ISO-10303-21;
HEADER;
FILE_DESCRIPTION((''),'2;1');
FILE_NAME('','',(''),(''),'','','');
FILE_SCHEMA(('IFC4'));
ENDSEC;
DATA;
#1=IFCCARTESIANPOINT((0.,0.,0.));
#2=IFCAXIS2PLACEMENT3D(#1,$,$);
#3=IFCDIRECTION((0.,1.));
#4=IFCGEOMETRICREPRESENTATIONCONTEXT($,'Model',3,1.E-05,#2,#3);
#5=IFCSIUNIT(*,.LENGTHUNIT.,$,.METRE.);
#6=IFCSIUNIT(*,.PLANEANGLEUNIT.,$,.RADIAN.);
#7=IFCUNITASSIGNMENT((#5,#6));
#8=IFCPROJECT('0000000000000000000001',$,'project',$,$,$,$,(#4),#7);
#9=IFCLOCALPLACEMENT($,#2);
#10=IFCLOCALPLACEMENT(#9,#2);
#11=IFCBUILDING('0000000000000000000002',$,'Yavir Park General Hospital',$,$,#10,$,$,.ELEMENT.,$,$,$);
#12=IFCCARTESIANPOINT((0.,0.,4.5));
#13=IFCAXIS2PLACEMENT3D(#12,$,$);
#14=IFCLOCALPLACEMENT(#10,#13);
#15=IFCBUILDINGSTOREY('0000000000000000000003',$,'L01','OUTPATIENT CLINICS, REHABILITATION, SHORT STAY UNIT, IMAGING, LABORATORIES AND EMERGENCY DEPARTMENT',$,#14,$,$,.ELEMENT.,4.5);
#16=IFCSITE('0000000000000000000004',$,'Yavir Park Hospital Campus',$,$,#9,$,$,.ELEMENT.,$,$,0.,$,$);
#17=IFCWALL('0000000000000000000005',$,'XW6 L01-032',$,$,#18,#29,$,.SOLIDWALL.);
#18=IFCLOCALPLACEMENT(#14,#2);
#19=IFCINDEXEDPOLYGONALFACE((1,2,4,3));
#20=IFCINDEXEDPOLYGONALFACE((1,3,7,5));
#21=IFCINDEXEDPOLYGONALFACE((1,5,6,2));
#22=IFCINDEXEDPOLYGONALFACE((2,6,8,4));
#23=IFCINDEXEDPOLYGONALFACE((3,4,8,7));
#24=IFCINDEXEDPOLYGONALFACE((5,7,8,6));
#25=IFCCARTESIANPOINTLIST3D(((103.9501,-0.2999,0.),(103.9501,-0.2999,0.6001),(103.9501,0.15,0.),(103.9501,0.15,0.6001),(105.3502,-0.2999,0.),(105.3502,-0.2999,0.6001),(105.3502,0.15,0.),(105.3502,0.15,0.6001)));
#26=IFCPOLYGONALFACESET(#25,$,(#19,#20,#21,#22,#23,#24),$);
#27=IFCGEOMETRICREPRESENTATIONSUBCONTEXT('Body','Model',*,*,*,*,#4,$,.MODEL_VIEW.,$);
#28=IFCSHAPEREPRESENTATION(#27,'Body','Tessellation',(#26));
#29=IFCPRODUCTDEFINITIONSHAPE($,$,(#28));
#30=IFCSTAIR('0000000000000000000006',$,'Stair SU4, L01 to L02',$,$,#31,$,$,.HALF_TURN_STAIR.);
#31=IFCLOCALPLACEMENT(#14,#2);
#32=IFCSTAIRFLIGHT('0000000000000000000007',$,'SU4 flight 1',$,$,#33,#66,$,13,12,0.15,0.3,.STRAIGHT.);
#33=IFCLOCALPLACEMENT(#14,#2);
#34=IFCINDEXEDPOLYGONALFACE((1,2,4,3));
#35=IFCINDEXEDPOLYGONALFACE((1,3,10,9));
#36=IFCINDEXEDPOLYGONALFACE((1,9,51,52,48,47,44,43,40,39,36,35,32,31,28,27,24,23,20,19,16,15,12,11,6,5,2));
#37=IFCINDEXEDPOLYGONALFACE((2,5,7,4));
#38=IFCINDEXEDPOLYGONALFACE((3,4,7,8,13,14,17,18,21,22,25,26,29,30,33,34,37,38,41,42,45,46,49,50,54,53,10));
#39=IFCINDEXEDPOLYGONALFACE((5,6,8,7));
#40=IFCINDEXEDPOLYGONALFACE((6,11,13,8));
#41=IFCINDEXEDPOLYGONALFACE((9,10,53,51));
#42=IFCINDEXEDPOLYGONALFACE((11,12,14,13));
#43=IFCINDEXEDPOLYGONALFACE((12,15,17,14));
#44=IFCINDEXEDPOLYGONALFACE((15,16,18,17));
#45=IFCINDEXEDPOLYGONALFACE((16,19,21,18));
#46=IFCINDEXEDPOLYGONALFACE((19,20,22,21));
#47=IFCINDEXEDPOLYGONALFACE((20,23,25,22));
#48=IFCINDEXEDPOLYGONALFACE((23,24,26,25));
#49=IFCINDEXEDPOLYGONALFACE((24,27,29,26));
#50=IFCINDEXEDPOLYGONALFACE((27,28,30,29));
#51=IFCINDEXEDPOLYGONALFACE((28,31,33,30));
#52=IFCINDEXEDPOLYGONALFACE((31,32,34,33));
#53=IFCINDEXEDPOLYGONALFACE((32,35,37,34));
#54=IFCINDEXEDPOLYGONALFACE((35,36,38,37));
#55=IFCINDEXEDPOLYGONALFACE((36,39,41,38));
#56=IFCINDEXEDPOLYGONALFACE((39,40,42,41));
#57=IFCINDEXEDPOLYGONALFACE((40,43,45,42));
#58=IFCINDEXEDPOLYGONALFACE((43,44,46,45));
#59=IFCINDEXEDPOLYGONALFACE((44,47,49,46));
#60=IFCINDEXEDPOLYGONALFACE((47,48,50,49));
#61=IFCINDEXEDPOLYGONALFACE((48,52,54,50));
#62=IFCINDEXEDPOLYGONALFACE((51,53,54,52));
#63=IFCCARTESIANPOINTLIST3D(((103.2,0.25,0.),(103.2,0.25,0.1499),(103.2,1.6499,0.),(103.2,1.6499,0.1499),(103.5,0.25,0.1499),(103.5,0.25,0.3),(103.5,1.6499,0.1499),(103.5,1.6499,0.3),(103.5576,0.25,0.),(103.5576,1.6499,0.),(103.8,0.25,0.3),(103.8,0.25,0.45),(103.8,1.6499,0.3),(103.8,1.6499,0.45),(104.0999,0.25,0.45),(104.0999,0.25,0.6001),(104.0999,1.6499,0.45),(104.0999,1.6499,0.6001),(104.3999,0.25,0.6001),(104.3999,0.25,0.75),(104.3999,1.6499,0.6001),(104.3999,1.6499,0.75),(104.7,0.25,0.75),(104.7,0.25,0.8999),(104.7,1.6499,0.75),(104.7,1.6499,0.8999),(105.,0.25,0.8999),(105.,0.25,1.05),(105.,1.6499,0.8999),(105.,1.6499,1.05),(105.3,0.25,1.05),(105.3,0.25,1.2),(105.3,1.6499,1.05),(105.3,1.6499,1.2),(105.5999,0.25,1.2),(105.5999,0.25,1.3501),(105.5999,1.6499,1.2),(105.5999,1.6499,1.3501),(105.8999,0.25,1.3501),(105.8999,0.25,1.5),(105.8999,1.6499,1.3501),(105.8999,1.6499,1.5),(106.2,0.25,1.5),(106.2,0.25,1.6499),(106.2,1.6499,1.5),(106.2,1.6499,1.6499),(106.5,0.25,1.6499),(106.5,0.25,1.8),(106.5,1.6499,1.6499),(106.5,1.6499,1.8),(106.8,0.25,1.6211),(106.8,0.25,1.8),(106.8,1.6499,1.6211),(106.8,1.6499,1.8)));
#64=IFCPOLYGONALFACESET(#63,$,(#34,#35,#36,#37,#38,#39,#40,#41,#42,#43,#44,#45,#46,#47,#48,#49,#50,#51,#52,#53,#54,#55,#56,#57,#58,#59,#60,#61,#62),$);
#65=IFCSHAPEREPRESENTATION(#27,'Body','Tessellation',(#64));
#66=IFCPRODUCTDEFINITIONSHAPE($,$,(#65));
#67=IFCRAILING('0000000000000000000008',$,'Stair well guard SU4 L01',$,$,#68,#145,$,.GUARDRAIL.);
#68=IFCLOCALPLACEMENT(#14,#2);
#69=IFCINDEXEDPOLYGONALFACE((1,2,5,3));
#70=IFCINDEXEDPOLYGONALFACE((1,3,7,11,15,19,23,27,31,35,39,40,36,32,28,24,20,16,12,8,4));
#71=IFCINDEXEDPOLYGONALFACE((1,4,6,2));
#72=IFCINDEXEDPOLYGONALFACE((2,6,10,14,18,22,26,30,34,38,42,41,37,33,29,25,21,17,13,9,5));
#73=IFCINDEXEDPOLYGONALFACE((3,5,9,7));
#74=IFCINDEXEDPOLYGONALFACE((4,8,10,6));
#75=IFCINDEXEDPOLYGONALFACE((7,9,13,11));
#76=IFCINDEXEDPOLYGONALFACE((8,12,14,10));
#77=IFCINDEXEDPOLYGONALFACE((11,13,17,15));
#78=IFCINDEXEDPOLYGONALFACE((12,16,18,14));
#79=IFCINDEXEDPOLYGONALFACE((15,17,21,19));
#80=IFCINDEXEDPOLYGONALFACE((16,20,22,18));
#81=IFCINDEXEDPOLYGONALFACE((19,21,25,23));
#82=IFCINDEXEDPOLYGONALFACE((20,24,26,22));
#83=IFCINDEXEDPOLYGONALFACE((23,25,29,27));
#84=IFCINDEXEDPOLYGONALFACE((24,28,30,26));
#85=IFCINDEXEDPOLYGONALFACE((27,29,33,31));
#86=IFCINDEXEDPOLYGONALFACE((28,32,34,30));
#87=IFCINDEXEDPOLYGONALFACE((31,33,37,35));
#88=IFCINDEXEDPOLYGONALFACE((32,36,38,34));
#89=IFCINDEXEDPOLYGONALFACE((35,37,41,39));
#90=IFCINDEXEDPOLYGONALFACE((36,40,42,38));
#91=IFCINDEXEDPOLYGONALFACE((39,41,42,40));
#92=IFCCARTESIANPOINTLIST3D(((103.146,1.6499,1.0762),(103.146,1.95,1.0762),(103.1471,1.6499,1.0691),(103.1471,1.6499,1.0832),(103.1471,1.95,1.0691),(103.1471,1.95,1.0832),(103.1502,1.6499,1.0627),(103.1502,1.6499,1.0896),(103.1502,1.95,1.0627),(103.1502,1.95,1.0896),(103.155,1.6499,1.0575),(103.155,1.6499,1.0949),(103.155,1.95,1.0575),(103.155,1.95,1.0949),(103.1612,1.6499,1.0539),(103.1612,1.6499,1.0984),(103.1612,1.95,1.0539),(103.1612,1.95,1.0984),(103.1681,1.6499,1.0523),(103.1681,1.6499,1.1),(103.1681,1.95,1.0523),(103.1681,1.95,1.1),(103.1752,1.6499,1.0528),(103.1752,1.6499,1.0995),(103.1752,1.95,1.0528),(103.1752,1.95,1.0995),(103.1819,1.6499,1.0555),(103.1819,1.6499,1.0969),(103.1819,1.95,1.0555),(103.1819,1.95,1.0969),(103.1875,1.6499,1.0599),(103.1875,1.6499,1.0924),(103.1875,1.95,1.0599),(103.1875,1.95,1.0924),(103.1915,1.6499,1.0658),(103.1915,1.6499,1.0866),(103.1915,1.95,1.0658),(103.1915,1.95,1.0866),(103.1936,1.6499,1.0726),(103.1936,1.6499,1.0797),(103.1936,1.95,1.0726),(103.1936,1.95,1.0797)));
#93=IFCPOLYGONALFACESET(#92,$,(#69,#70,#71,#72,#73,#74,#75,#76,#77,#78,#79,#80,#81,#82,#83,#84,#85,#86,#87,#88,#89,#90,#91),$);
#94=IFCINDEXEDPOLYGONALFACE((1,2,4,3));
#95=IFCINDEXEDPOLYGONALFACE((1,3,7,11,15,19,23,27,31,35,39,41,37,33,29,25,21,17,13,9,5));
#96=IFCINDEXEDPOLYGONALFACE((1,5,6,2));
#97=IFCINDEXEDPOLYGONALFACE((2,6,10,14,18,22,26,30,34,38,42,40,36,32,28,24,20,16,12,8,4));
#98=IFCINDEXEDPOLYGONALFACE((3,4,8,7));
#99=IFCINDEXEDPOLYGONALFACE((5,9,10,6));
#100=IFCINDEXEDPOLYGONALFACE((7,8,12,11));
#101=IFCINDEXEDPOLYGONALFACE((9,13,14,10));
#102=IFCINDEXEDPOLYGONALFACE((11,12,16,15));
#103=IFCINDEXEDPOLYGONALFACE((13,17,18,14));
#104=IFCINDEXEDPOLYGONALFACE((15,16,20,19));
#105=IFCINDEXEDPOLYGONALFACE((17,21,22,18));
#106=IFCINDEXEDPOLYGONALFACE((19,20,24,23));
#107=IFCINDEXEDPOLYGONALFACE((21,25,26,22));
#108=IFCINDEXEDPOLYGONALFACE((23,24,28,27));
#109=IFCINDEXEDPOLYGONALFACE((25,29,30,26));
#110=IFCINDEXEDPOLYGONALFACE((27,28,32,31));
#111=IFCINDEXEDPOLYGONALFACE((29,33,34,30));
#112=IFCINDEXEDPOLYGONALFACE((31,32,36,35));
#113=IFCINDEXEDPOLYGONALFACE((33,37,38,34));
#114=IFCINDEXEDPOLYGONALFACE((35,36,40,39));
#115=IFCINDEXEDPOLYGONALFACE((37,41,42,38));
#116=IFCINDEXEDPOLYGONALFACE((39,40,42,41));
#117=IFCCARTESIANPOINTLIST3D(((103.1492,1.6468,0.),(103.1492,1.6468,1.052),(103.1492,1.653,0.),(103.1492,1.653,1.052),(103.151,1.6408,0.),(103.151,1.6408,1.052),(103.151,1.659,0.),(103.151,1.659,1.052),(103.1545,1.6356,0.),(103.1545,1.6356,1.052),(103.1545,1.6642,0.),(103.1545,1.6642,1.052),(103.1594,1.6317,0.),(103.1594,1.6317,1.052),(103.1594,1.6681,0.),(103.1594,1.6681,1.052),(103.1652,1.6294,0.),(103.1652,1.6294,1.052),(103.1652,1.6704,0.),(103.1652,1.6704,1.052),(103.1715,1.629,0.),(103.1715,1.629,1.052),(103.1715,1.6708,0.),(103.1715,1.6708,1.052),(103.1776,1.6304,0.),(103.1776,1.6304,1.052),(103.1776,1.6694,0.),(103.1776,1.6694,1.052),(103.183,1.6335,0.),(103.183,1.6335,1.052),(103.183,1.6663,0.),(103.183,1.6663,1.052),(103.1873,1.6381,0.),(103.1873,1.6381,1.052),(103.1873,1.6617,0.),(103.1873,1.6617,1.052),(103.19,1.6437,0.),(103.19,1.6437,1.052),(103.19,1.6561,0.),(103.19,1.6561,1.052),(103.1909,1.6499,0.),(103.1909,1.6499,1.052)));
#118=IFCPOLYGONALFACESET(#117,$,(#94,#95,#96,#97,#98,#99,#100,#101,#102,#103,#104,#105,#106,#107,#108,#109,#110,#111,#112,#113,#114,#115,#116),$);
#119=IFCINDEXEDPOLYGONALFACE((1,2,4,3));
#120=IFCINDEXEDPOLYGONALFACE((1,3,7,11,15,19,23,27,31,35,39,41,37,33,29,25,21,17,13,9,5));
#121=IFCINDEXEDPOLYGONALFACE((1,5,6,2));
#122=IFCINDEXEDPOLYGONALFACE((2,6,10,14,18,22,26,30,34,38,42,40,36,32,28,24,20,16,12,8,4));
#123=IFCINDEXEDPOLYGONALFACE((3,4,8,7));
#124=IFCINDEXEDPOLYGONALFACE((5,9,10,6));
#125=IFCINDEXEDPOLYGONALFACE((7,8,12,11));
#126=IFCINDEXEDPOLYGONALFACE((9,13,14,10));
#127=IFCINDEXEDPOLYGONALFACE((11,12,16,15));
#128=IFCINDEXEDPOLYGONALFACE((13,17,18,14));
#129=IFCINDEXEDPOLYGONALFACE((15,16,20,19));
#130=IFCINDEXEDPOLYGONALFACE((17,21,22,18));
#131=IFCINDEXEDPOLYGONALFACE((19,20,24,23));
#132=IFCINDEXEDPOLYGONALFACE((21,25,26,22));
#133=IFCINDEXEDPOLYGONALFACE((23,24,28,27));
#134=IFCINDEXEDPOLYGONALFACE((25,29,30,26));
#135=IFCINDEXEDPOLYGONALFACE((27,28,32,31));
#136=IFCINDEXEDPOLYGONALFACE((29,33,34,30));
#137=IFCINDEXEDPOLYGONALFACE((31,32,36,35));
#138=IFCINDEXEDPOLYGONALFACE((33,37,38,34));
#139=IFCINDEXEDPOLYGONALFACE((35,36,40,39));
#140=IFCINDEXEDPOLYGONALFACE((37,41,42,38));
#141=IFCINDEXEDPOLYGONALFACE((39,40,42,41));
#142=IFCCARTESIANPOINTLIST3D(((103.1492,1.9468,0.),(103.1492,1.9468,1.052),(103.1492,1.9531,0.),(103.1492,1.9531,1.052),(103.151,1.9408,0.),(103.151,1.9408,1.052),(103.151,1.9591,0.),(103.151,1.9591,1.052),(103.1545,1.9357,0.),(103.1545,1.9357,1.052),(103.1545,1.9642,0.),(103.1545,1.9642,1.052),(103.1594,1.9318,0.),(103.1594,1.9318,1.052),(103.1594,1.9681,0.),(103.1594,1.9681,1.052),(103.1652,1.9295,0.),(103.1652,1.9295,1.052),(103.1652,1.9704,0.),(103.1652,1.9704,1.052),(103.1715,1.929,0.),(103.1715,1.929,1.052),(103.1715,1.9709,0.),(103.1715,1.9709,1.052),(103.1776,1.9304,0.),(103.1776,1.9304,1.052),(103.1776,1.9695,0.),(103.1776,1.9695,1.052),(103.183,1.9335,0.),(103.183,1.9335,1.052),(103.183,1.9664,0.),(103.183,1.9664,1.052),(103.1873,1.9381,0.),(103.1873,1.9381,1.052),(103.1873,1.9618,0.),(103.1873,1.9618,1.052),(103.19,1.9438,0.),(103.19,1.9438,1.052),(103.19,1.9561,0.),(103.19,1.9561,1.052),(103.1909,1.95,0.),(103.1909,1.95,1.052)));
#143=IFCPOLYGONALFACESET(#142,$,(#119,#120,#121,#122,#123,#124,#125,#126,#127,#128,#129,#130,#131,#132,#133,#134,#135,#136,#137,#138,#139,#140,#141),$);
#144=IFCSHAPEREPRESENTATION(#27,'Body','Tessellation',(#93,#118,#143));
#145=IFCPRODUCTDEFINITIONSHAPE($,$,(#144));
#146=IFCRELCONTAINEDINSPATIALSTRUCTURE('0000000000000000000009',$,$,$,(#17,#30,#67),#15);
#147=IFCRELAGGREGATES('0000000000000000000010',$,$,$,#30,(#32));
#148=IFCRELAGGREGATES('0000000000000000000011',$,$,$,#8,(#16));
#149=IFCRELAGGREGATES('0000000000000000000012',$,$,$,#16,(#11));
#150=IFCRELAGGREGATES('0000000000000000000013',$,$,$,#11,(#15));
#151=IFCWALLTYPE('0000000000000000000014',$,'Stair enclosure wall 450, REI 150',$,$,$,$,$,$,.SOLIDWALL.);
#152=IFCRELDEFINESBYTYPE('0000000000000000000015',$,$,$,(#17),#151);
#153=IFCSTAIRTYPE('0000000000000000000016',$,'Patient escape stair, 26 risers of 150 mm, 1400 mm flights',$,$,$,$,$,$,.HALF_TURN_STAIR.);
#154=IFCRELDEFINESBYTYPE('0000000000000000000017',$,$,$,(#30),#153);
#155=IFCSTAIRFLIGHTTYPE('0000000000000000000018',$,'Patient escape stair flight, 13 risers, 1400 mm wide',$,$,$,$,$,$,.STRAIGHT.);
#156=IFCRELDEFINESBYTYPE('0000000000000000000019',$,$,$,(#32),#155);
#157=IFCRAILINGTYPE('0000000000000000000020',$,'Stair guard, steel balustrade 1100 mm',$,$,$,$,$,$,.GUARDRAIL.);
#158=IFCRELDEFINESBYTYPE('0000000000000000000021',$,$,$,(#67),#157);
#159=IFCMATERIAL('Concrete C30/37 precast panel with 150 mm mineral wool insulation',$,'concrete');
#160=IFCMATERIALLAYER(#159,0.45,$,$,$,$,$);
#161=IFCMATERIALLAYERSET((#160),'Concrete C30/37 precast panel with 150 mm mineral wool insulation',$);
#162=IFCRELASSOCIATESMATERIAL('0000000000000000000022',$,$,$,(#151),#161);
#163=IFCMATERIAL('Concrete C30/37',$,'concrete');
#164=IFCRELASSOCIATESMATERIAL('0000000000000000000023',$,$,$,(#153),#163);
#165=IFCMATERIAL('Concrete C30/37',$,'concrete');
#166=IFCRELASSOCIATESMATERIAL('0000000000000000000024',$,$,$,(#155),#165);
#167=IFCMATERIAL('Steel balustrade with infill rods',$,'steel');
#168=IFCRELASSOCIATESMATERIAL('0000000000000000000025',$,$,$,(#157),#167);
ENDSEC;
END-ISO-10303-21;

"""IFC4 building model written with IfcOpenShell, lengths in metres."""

from ifc_helpers import new_model, si_unit, direction, frame, frame_2d, origin, origin_2d, place, context, subcontext, project, spatial, polyline, rectangle, circle, outline, extrude, material, layer, layer_set, type_object, element, aggregate, save


model = new_model("IFC4")

# Units and contexts
model_context = context("Model", 3, precision=1e-05, world=origin(), true_north=direction((0.0, 1.0)))
body_context = subcontext(model_context, "Body", "Model", "MODEL_VIEW")
ifc_project = project(units=[si_unit("LENGTHUNIT", "METRE"), si_unit("PLANEANGLEUNIT", "RADIAN")], contexts=[model_context])

# Site, building, storey
site_placement = place(None, origin())
site = spatial("IfcSite", under=ifc_project, at=site_placement, Name="Yavir Park Hospital Campus", CompositionType="ELEMENT", RefElevation=0.0)
building_placement = place(site_placement, origin())
building = spatial("IfcBuilding", under=site, at=building_placement, Name="Yavir Park General Hospital", CompositionType="ELEMENT")
storey_placement = place(building_placement, frame((0.0, 0.0, 4.5)))
storey = spatial("IfcBuildingStorey", under=building, at=storey_placement, Name="L01", Description="OUTPATIENT CLINICS, REHABILITATION, SHORT STAY UNIT, IMAGING, LABORATORIES AND EMERGENCY DEPARTMENT", CompositionType="ELEMENT", Elevation=4.5)

# Wall
ifc_material_1 = material(Name="Concrete C30/37 precast panel with 150 mm mineral wool insulation", Category="concrete")
ifc_layer_1 = layer(ifc_material_1, 0.45)
ifc_layer_set_1 = layer_set([ifc_layer_1], Name="Concrete C30/37 precast panel with 150 mm mineral wool insulation")
wall_type_1 = type_object("IfcWallType", Name="Stair enclosure wall 450, REI 150", PredefinedType="SOLIDWALL", material=ifc_layer_set_1)
wall_1_placement = place(storey_placement, frame((103.95, -0.075, 0.0), z_axis=(0.0, 0.0, 1.0), x_axis=(1.0, 0.0, 0.0)))
element("IfcWall", 1, at=wall_1_placement, inside=storey, type_object=wall_type_1, Name="XW6 L01-032", PredefinedType="SOLIDWALL", context=body_context, shape_type="SweptSolid", body=[
    extrude(rectangle(XDim=1.4001, YDim=0.45, at=frame_2d((0.7002, 0.0))), origin(), (0.0, 0.0, 1.0), 0.6001),
])

# Stair, stair flight
ifc_material_2 = material(Name="Concrete C30/37", Category="concrete")
stair_type = type_object("IfcStairType", Name="Patient escape stair, 26 risers of 150 mm, 1400 mm flights", PredefinedType="HALF_TURN_STAIR", material=ifc_material_2)
stair_placement = place(storey_placement, origin())
stair = element("IfcStair", 2, at=stair_placement, inside=storey, type_object=stair_type, Name="Stair SU4, L01 to L02", PredefinedType="HALF_TURN_STAIR")
ifc_material_3 = material(Name="Concrete C30/37", Category="concrete")
stair_flight_type = type_object("IfcStairFlightType", Name="Patient escape stair flight, 13 risers, 1400 mm wide", PredefinedType="STRAIGHT", material=ifc_material_3)
stair_flight_placement = place(storey_placement, frame((103.2, 0.95, 0.0), z_axis=(0.0, 0.0, 1.0), x_axis=(1.0, 0.0, 0.0)))
stair_flight = element("IfcStairFlight", 3, at=stair_flight_placement, type_object=stair_flight_type, Name="SU4 flight 1", NumberOfRisers=13, NumberOfTreads=12, PredefinedType="STRAIGHT", RiserHeight=0.15, TreadLength=0.3, context=body_context, shape_type="SweptSolid", body=[
    extrude(outline(polyline([(0.0, 0.0), (0.0, 0.1499), (0.3, 0.1499), (0.3, 0.3), (0.6001, 0.3), (0.6001, 0.45), (0.8999, 0.45), (0.8999, 0.6001), (1.2, 0.6001), (1.2, 0.75), (1.5, 0.75), (1.5, 0.8999), (1.8, 0.8999), (1.8, 1.05), (2.1001, 1.05), (2.1001, 1.2), (2.3999, 1.2), (2.3999, 1.3501), (2.7, 1.3501), (2.7, 1.5), (3.0, 1.5), (3.0, 1.6499), (3.3, 1.6499), (3.3, 1.8), (3.6001, 1.8), (3.6001, 1.95), (3.6001, 1.6211), (0.3577, 0.0), (0.0, 0.0)])), frame((0.0, 0.7, 0.0), z_axis=(0.0, -1.0, 0.0), x_axis=(1.0, 0.0, 0.0)), (0.0, 0.0, 1.0), 1.3999),
])
aggregate(stair, [stair_flight])

# Railing
ifc_material_4 = material(Name="Steel balustrade with infill rods", Category="steel")
railing_type_1 = type_object("IfcRailingType", Name="Stair guard, steel balustrade 1100 mm", PredefinedType="GUARDRAIL", material=ifc_material_4)
railing_placement = place(storey_placement, frame((103.1699, 1.6499, 0.0)))
element("IfcRailing", 4, at=railing_placement, inside=storey, type_object=railing_type_1, Name="Stair well guard SU4 L01", PredefinedType="GUARDRAIL", context=body_context, shape_type="SweptSolid", body=[
    extrude(circle(Radius=0.0239, at=origin_2d()), frame((0.0, 0.0, 1.0762), z_axis=(0.0, 1.0, 0.0), x_axis=(-1.0, 0.0, 0.0)), (0.0, 0.0, 1.0), 0.3),
    extrude(circle(Radius=0.021, at=origin_2d()), origin(), (0.0, 0.0, 1.0), 1.052),
    extrude(circle(Radius=0.021, at=origin_2d()), frame((0.0, 0.3, 0.0)), (0.0, 0.0, 1.0), 1.052),
])

save(model, "model.ifc")
